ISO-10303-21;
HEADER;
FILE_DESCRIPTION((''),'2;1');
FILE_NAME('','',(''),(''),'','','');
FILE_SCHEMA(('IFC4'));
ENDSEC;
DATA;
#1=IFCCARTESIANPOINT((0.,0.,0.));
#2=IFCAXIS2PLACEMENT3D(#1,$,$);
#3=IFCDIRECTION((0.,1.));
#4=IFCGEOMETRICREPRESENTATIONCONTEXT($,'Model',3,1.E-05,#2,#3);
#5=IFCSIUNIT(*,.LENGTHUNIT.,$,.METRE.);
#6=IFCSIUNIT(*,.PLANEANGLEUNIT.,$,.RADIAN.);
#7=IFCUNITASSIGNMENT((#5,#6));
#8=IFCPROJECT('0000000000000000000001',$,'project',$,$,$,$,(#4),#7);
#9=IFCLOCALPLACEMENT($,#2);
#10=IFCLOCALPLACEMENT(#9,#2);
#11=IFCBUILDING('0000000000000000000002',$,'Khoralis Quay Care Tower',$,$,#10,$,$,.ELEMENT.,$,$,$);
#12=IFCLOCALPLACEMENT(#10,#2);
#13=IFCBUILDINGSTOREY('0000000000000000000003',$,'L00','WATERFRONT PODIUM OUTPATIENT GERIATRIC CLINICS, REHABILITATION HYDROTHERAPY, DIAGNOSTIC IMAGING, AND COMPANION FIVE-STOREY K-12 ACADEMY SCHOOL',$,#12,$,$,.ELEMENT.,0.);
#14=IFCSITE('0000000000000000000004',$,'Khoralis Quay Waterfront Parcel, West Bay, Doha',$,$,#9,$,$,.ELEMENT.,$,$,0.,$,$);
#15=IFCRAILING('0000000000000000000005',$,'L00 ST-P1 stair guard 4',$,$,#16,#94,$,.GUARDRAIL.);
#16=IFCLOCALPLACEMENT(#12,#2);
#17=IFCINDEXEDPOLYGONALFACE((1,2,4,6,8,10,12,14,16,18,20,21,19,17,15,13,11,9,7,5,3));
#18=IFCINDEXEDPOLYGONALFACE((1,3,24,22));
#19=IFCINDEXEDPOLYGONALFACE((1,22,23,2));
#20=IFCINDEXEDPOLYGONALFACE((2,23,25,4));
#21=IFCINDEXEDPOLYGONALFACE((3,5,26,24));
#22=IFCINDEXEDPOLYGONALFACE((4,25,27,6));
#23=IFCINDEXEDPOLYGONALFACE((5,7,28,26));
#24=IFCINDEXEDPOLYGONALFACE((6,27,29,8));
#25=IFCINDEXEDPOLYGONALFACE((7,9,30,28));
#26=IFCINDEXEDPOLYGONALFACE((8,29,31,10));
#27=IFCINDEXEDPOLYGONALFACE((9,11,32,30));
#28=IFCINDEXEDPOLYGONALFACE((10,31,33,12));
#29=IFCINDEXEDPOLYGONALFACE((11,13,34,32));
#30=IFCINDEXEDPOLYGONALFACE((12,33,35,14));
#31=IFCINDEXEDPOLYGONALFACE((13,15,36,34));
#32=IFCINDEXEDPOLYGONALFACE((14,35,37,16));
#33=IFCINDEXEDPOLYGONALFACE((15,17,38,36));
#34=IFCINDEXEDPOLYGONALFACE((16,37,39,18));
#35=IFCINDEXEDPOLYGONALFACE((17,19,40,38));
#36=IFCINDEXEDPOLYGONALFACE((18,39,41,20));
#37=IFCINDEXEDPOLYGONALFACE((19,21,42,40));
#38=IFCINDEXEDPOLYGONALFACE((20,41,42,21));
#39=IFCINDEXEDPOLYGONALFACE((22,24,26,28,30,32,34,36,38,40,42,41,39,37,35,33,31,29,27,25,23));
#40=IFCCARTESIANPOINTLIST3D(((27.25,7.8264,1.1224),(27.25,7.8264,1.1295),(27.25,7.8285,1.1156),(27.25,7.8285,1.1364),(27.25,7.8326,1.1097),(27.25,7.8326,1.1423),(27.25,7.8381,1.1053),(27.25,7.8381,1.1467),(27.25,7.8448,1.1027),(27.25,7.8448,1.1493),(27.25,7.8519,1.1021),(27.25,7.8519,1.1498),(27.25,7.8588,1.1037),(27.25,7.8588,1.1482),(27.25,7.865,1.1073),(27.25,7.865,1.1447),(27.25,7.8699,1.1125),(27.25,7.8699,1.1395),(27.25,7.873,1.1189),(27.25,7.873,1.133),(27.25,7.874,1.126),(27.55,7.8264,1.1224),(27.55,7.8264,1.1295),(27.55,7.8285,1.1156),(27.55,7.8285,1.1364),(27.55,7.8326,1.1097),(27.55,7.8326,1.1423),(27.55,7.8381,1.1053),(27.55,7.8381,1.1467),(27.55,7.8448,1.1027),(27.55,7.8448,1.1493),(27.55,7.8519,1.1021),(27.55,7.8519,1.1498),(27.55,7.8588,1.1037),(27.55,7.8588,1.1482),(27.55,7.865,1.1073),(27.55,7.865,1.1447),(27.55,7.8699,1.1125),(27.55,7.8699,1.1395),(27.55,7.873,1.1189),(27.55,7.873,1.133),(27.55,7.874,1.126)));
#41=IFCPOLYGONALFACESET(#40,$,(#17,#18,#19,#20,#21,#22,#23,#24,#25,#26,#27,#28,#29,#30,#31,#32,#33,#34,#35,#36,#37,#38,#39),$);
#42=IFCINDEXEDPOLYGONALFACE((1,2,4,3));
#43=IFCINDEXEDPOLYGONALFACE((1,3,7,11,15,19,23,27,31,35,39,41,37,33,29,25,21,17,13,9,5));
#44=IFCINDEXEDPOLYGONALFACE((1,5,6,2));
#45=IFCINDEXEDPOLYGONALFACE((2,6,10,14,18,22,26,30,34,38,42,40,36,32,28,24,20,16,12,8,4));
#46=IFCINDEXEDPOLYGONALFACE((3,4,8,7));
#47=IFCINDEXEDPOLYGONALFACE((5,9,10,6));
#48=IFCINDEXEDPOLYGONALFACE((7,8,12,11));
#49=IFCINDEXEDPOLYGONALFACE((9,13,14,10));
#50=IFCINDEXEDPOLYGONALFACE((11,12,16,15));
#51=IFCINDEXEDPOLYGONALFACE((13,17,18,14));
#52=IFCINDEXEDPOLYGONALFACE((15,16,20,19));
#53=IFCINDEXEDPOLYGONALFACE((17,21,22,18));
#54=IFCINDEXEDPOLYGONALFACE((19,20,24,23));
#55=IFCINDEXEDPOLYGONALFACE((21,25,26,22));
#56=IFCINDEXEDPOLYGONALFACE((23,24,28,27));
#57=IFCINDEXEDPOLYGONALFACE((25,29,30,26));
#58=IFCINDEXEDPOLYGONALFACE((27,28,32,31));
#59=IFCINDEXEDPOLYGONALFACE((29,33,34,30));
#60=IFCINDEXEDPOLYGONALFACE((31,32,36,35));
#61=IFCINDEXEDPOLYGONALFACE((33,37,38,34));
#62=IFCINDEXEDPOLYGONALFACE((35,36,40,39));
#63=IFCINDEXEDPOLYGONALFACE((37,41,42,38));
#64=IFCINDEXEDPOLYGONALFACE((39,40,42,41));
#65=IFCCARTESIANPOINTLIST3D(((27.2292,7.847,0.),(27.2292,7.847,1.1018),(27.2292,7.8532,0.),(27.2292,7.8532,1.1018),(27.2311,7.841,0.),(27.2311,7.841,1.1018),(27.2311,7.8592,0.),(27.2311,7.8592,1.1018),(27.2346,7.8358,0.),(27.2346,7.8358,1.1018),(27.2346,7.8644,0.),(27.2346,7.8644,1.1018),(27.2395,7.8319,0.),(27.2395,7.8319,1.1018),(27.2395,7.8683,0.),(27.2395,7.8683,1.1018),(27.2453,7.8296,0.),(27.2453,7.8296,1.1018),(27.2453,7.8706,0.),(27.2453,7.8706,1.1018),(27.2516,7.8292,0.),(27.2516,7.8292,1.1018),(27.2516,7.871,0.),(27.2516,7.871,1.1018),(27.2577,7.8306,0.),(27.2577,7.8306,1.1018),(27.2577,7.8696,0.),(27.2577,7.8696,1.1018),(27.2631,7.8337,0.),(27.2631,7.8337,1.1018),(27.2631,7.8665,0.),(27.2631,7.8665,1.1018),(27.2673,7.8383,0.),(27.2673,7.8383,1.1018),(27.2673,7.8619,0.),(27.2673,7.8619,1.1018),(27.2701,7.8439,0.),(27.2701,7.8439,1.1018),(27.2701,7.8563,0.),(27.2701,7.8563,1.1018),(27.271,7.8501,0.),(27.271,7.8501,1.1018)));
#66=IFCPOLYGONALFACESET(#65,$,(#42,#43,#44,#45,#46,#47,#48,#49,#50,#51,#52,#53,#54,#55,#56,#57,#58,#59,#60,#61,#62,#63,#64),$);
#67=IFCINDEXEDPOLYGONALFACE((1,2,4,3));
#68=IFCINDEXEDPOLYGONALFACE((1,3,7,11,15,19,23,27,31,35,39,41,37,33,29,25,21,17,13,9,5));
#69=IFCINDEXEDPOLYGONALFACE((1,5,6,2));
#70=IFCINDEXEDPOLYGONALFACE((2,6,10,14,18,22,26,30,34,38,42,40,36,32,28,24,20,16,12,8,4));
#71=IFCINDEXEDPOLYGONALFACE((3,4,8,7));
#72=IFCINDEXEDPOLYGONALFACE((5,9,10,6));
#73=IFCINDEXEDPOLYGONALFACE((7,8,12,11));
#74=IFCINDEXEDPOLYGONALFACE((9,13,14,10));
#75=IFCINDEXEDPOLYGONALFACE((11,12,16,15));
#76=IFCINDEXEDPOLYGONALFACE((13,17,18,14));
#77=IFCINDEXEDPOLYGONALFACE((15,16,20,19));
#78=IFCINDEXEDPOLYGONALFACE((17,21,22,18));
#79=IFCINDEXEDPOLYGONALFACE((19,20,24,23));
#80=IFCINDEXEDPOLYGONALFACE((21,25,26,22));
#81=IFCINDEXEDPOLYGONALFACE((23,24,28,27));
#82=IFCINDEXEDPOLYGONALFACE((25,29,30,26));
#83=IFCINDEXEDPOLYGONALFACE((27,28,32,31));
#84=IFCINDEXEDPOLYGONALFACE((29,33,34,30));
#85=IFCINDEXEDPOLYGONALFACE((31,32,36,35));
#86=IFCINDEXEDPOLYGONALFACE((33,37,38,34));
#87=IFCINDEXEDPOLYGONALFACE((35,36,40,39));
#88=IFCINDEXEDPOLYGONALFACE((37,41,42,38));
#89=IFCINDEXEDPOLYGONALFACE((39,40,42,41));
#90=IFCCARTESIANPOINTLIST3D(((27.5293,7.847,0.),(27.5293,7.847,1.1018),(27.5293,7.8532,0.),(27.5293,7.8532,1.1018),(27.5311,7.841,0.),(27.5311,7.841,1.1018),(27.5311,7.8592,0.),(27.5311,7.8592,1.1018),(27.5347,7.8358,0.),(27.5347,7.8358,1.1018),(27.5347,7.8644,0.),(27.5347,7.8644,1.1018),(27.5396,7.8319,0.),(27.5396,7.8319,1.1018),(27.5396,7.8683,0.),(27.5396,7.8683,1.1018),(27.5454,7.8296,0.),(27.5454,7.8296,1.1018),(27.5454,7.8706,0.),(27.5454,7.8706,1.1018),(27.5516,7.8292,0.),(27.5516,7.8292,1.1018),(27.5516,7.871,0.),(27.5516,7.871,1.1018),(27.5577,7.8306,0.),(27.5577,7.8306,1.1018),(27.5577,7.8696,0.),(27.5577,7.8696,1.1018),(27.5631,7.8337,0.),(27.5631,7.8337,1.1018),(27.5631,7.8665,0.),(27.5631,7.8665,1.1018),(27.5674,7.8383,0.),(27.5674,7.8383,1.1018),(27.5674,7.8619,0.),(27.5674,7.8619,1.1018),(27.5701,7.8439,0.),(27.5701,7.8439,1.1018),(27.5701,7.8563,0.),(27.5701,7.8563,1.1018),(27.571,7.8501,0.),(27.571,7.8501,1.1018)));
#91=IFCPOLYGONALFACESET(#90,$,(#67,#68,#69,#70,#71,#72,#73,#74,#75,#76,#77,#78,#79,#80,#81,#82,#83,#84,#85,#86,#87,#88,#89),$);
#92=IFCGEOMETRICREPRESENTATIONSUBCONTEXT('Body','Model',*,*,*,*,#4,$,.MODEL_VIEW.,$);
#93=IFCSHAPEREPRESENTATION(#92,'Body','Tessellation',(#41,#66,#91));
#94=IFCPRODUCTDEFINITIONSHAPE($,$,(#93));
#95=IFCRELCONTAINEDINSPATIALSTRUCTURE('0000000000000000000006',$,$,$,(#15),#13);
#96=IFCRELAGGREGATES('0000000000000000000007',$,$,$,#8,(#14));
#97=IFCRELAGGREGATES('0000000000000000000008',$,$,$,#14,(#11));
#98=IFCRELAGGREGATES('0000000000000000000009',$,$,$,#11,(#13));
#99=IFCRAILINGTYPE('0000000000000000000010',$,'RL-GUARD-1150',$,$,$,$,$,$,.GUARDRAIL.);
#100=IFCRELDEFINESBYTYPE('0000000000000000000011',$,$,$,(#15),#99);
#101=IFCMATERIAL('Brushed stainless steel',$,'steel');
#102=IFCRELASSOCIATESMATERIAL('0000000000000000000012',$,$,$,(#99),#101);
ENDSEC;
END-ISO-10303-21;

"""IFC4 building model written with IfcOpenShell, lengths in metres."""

from ifc_helpers import new_model, si_unit, direction, frame, origin, origin_2d, place, context, subcontext, project, spatial, circle, extrude, material, type_object, element, save


model = new_model("IFC4")

# Units and contexts
model_context = context("Model", 3, precision=1e-05, world=origin(), true_north=direction((0.0, 1.0)))
body_context = subcontext(model_context, "Body", "Model", "MODEL_VIEW")
ifc_project = project(units=[si_unit("LENGTHUNIT", "METRE"), si_unit("PLANEANGLEUNIT", "RADIAN")], contexts=[model_context])

# Site, building, storey
site_placement = place(None, origin())
site = spatial("IfcSite", under=ifc_project, at=site_placement, Name="Khoralis Quay Waterfront Parcel, West Bay, Doha", CompositionType="ELEMENT", RefElevation=0.0)
building_placement = place(site_placement, origin())
building = spatial("IfcBuilding", under=site, at=building_placement, Name="Khoralis Quay Care Tower", CompositionType="ELEMENT")
storey_placement = place(building_placement, origin())
storey = spatial("IfcBuildingStorey", under=building, at=storey_placement, Name="L00", Description="WATERFRONT PODIUM OUTPATIENT GERIATRIC CLINICS, REHABILITATION HYDROTHERAPY, DIAGNOSTIC IMAGING, AND COMPANION FIVE-STOREY K-12 ACADEMY SCHOOL", CompositionType="ELEMENT", Elevation=0.0)

# Railing
ifc_material_1 = material(Name="Brushed stainless steel", Category="steel")
railing_type_1 = type_object("IfcRailingType", Name="RL-GUARD-1150", PredefinedType="GUARDRAIL", material=ifc_material_1)
railing_1_placement = place(storey_placement, frame((27.25, 7.8501, 0.0)))
element("IfcRailing", 1, at=railing_1_placement, inside=storey, type_object=railing_type_1, Name="L00 ST-P1 stair guard 4", PredefinedType="GUARDRAIL", context=body_context, shape_type="SweptSolid", body=[
    extrude(circle(Radius=0.0239, at=origin_2d()), frame((0.0, 0.0, 1.126), z_axis=(1.0, 0.0, 0.0), x_axis=(0.0, 1.0, 0.0)), (0.0, 0.0, 1.0), 0.3),
    extrude(circle(Radius=0.021, at=origin_2d()), origin(), (0.0, 0.0, 1.0), 1.1018),
    extrude(circle(Radius=0.021, at=origin_2d()), frame((0.3, 0.0, 0.0)), (0.0, 0.0, 1.0), 1.1018),
])

save(model, "model.ifc")
